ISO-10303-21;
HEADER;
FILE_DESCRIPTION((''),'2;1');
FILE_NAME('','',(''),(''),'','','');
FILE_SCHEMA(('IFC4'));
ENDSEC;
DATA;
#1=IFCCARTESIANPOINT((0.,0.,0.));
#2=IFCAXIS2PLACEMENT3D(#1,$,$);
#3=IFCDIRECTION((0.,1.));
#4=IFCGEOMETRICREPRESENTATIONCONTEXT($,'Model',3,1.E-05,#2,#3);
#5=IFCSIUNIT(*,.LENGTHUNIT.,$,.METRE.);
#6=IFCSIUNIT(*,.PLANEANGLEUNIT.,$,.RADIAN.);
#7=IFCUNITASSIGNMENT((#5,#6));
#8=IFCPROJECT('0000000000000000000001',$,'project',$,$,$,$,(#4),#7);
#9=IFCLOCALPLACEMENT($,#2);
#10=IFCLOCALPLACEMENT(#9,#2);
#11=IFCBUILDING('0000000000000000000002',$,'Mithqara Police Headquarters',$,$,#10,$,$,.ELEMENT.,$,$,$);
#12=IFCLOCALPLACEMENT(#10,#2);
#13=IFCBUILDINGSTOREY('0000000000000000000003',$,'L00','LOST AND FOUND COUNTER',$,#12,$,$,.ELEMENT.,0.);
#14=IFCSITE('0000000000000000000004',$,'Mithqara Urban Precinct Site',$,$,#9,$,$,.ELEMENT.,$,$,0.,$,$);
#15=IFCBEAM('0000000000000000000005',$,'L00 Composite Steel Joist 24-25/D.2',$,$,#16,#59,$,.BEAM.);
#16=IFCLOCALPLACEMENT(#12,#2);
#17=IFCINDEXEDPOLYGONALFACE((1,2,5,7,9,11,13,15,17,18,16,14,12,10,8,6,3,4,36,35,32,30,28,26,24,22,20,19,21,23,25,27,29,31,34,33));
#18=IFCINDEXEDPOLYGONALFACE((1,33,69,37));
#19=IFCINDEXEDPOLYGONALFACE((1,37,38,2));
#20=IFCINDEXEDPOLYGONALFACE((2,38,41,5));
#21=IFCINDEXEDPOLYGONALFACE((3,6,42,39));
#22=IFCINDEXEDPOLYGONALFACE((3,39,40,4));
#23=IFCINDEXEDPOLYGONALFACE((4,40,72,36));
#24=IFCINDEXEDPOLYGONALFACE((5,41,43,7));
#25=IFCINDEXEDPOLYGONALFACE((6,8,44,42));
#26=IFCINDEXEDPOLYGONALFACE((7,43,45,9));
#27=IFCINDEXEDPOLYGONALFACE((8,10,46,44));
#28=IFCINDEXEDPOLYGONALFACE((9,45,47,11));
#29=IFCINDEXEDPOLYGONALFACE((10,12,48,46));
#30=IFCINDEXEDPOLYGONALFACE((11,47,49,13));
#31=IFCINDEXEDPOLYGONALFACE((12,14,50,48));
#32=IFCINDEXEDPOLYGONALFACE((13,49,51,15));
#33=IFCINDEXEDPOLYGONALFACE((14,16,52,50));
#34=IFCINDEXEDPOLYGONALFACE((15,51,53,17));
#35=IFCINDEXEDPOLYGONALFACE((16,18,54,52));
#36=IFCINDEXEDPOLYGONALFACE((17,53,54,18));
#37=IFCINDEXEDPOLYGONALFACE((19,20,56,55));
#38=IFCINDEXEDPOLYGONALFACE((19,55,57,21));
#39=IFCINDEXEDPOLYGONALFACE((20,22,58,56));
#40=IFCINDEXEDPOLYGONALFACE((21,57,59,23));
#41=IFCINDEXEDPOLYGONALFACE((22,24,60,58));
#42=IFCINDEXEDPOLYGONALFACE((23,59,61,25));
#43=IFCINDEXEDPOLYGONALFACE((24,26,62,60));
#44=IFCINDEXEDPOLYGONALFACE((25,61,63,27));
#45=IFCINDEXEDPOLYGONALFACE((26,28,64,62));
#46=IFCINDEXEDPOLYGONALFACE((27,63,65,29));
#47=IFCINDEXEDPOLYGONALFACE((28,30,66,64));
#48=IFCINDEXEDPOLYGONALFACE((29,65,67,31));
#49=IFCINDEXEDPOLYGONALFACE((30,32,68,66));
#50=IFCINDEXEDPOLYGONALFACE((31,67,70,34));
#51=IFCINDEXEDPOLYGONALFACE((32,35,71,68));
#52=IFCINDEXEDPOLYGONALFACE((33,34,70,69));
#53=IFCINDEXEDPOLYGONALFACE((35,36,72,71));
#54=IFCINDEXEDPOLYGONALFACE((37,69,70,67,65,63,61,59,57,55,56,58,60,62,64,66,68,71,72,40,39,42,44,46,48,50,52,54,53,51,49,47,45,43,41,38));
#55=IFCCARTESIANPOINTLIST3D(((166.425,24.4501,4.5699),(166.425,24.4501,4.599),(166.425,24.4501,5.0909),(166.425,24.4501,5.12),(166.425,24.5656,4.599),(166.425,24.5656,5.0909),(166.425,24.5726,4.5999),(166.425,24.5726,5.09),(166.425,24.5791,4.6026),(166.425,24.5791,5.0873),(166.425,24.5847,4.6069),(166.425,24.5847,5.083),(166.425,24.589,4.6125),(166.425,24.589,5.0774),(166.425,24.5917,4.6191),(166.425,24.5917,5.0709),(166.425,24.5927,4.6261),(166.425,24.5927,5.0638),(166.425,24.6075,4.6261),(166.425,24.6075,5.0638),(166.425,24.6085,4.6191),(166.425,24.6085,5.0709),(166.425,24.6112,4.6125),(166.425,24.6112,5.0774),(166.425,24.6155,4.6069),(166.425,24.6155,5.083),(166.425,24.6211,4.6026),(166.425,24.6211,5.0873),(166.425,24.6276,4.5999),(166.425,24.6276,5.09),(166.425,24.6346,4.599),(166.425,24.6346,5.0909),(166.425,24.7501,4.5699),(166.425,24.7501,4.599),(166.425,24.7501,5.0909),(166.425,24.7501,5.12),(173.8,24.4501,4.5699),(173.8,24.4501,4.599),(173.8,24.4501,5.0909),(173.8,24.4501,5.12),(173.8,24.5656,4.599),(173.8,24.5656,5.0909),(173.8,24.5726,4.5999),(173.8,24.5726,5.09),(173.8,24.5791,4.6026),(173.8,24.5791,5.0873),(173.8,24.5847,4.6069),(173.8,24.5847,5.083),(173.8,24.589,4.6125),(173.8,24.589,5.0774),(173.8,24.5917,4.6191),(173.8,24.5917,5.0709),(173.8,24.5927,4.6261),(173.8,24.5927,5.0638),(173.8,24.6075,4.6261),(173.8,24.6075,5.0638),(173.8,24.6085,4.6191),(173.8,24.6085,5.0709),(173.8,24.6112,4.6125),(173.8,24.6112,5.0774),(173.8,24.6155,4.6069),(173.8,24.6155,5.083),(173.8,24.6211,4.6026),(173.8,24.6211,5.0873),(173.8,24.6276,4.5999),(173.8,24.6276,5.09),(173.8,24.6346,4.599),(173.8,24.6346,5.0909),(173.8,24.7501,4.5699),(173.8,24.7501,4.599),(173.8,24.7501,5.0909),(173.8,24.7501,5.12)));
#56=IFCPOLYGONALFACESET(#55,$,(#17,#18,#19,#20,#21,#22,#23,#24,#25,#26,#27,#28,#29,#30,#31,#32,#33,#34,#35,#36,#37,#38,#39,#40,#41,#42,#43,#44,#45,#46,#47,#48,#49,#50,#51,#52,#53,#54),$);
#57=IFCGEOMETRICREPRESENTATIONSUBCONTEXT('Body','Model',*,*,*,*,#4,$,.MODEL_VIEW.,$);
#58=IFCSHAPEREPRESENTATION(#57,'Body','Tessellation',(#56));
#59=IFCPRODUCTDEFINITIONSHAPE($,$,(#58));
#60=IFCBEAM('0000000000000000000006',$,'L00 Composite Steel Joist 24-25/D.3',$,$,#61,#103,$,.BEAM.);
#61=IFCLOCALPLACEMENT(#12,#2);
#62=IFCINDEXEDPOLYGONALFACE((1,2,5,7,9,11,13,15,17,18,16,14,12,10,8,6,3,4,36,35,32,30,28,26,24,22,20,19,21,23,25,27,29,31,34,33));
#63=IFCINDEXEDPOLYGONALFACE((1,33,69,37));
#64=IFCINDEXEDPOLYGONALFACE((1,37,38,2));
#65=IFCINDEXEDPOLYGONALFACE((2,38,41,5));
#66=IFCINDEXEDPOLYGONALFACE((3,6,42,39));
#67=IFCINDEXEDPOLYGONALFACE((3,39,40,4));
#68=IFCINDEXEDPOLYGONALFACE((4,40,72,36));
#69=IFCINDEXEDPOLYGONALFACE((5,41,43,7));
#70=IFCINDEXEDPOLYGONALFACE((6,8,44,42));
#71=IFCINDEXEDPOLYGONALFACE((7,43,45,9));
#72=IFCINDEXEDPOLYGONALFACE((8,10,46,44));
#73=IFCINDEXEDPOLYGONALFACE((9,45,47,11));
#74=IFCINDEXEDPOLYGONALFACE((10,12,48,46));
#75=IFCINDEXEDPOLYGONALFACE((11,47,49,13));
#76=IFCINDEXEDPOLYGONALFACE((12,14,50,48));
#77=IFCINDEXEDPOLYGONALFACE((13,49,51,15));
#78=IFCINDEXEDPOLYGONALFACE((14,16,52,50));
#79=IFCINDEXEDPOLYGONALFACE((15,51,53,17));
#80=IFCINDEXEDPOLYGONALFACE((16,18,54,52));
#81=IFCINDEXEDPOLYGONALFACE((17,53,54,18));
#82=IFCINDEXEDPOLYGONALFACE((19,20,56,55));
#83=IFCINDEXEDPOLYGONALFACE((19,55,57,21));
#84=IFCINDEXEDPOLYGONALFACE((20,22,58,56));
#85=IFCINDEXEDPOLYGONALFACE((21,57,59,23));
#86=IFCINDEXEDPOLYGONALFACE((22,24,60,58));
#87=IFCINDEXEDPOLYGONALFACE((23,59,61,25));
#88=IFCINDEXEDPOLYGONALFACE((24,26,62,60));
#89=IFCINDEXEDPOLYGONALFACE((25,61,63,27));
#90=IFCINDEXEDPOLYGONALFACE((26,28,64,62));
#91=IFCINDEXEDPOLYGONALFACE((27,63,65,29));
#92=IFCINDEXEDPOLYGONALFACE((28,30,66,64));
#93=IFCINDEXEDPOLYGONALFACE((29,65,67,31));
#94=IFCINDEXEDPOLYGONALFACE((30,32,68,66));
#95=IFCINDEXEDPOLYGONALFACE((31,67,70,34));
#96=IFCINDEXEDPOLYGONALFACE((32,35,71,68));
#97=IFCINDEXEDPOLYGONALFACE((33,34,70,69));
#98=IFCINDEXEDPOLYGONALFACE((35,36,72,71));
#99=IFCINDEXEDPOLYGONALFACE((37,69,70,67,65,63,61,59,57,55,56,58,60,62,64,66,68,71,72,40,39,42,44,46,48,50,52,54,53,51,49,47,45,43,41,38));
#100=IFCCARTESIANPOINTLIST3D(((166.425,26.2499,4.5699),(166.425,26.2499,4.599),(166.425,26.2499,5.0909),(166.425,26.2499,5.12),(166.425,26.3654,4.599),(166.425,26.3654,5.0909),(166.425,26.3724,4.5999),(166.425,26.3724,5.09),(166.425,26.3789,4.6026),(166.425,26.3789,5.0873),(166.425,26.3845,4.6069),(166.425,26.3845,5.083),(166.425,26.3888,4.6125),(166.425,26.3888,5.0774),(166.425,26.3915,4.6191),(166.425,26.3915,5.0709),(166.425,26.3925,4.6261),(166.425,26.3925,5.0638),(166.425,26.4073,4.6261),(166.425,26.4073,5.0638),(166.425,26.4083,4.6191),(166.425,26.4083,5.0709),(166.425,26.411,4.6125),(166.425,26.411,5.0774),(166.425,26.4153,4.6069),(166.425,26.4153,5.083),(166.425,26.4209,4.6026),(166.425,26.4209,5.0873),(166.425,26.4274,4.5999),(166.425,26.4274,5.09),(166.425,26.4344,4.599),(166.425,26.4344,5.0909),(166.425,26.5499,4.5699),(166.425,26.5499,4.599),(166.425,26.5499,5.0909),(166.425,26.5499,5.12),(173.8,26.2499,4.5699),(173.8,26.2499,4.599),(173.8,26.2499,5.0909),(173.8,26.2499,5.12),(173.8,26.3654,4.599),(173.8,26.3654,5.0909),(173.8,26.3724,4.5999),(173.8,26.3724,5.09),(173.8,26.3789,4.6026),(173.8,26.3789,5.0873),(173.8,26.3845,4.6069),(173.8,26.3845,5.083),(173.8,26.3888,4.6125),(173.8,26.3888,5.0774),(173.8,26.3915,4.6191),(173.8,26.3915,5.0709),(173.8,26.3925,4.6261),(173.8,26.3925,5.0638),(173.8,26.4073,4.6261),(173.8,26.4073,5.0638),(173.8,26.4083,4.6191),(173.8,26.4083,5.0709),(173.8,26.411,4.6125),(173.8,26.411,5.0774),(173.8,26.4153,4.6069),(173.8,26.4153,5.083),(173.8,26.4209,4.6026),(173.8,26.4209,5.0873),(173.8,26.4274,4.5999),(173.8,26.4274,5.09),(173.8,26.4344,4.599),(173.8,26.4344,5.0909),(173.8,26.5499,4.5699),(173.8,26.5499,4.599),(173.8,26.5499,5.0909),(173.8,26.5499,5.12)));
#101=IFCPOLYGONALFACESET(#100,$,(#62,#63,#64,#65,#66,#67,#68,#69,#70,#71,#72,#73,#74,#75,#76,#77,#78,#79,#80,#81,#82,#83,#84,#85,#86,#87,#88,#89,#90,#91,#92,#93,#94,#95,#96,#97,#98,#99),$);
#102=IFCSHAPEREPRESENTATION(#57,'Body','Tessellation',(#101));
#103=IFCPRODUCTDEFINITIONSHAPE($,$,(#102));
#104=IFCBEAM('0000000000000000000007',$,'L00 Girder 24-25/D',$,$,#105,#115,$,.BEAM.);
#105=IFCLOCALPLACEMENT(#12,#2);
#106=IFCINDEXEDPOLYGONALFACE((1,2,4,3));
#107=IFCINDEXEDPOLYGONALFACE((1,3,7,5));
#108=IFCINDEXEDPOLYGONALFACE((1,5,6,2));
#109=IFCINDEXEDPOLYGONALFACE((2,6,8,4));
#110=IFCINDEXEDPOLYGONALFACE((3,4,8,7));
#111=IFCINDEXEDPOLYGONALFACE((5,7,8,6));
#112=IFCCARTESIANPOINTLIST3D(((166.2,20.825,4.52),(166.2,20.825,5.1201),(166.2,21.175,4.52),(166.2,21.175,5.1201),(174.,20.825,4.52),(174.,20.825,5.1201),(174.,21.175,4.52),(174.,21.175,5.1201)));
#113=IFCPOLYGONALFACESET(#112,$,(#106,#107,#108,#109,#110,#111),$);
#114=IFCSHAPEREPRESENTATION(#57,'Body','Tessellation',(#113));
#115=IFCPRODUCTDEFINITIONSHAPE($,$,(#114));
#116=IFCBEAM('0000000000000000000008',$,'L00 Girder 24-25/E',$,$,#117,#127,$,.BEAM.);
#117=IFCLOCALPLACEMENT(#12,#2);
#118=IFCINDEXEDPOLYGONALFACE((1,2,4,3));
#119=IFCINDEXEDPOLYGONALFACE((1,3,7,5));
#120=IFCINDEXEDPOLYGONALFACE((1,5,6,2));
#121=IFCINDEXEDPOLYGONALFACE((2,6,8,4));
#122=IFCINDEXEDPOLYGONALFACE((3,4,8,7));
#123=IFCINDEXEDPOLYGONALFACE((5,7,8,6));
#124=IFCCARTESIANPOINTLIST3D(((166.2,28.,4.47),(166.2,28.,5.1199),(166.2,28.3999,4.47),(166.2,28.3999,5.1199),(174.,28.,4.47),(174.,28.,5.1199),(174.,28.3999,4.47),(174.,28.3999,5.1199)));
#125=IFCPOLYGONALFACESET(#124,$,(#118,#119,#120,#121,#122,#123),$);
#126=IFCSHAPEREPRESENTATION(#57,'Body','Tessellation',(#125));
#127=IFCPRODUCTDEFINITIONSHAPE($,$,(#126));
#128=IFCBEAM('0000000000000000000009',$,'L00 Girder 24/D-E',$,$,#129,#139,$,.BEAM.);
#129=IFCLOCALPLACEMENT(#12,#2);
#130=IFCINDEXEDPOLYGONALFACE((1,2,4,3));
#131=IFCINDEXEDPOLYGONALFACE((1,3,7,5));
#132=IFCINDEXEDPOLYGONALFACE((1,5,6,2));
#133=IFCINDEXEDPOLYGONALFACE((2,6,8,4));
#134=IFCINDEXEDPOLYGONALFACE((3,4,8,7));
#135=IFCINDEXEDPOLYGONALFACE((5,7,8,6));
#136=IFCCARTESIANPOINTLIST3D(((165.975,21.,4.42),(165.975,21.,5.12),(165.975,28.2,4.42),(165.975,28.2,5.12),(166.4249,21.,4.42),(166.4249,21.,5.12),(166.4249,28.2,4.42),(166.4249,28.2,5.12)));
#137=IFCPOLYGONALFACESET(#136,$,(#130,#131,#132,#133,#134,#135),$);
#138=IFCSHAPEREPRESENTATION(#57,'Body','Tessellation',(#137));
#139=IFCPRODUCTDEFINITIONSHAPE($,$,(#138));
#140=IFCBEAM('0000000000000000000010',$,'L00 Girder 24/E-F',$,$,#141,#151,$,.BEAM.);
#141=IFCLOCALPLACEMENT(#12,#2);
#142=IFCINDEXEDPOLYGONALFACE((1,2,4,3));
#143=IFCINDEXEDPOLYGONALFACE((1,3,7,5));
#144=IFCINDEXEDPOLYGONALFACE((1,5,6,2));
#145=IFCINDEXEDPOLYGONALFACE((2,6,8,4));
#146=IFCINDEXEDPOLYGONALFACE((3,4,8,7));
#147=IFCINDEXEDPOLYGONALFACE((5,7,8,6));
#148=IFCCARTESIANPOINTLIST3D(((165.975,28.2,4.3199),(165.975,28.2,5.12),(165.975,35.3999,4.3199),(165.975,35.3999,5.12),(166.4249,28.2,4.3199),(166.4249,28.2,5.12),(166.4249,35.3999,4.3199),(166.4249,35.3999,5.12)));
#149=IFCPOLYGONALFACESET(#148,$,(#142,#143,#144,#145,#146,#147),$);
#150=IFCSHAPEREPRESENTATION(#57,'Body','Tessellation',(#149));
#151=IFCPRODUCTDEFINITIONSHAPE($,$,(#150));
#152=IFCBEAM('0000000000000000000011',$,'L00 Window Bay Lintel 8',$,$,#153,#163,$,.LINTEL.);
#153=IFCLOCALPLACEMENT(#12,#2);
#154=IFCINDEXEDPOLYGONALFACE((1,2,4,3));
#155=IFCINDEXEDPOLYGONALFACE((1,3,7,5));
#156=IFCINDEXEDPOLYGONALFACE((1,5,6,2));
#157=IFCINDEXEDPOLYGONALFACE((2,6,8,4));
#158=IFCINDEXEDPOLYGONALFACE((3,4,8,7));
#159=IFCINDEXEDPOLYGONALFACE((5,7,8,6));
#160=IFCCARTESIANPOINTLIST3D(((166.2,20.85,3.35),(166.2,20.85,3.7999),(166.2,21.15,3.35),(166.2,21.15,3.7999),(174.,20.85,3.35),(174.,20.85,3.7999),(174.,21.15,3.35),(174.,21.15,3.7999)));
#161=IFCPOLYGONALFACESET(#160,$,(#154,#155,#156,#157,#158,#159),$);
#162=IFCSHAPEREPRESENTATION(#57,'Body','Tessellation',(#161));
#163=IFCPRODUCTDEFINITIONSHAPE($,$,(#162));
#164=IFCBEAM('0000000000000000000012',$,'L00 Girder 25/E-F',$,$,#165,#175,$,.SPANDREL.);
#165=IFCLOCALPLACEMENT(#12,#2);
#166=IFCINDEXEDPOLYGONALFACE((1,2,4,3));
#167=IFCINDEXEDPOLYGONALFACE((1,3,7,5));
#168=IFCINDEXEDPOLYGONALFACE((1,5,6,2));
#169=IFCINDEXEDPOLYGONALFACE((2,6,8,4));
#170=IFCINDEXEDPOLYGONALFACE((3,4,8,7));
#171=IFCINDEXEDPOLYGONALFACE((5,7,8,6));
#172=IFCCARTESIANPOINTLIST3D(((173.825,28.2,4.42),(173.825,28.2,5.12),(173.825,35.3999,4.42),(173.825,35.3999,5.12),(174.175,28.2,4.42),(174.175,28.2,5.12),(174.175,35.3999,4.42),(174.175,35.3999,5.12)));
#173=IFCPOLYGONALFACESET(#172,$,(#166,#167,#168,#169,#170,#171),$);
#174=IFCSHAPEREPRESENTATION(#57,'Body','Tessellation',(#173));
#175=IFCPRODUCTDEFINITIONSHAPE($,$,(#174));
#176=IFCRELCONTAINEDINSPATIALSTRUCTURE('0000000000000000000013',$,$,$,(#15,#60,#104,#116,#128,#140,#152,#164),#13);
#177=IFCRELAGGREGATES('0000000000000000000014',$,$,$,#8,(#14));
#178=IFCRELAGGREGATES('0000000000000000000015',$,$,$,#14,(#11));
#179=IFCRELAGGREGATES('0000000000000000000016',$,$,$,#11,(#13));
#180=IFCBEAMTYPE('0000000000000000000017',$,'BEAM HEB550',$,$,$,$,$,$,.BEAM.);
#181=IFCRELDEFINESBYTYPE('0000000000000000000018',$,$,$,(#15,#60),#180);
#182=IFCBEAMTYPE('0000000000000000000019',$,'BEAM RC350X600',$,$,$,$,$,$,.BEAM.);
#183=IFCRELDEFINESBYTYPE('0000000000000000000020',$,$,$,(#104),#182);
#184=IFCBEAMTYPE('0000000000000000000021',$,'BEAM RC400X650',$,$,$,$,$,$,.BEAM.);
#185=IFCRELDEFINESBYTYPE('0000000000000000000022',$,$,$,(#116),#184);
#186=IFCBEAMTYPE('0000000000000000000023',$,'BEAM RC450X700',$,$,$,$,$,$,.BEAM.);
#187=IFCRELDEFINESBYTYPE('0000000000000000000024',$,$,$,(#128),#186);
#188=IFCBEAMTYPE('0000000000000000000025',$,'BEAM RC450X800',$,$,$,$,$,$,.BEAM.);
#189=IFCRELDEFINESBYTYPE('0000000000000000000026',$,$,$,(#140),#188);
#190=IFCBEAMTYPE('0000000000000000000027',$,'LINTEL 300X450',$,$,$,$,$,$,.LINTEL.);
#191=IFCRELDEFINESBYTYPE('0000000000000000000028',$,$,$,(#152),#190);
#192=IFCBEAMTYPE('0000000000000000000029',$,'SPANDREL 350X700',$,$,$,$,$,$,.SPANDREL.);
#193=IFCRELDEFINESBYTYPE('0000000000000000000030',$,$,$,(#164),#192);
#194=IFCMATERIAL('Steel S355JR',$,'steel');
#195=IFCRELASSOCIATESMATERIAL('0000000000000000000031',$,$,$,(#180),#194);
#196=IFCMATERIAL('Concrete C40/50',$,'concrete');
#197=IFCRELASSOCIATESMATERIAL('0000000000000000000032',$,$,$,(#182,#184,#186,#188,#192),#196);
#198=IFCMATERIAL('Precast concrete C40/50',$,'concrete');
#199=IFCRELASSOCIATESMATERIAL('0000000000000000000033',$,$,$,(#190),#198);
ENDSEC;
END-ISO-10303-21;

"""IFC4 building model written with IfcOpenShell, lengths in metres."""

from ifc_helpers import new_model, si_unit, direction, frame, origin, origin_2d, place, context, subcontext, project, spatial, rectangle, i_section, extrude, material, material_profile, profile_set, type_object, element, save


model = new_model("IFC4")

# Units and contexts
model_context = context("Model", 3, precision=1e-05, world=origin(), true_north=direction((0.0, 1.0)))
body_context = subcontext(model_context, "Body", "Model", "MODEL_VIEW")
ifc_project = project(units=[si_unit("LENGTHUNIT", "METRE"), si_unit("PLANEANGLEUNIT", "RADIAN")], contexts=[model_context])

# Site, building, storey
site_placement = place(None, origin())
site = spatial("IfcSite", under=ifc_project, at=site_placement, Name="Mithqara Urban Precinct Site", CompositionType="ELEMENT", RefElevation=0.0)
building_placement = place(site_placement, origin())
building = spatial("IfcBuilding", under=site, at=building_placement, Name="Mithqara Police Headquarters", CompositionType="ELEMENT")
storey_placement = place(building_placement, origin())
storey = spatial("IfcBuildingStorey", under=building, at=storey_placement, Name="L00", Description="LOST AND FOUND COUNTER", CompositionType="ELEMENT", Elevation=0.0)

# Shared definitions
ifc_material_1 = material(Name="Concrete C40/50", Category="concrete")

# Beams
ifc_material_2 = material(Name="Steel S355JR", Category="steel")
ifc_material_profile_1 = material_profile(ifc_material_2, i_section(OverallWidth=0.3, OverallDepth=0.55, WebThickness=0.0149, FlangeThickness=0.0291, FilletRadius=0.0271, at=origin_2d()), Name="HEB 550")
ifc_profile_set_1 = profile_set([ifc_material_profile_1], Name="Steel S355JR")
beam_type_1 = type_object("IfcBeamType", Name="BEAM HEB550", PredefinedType="BEAM", material=ifc_profile_set_1)
for number, where, z_axis, x_axis, name in (
    (1, (166.425, 24.6001, 4.845), (1.0, 0.0, 0.0), (0.0, 1.0, 0.0), "L00 Composite Steel Joist 24-25/D.2"),
    (2, (166.425, 26.3999, 4.845), (1.0, 0.0, 0.0), (0.0, 1.0, 0.0), "L00 Composite Steel Joist 24-25/D.3"),
):
    element("IfcBeam", number, at=place(storey_placement, frame(where, z_axis=z_axis, x_axis=x_axis)), inside=storey, type_object=beam_type_1, Name=name, PredefinedType="BEAM", context=body_context, shape_type="SweptSolid", body=[
        extrude(i_section(OverallWidth=0.3, OverallDepth=0.55, WebThickness=0.0149, FlangeThickness=0.0291, FilletRadius=0.0271, at=origin_2d()), origin(), (0.0, 0.0, 1.0), 7.375),
    ])
ifc_material_profile_2 = material_profile(ifc_material_1, rectangle(XDim=0.3501, YDim=0.6001, at=origin_2d()), Name="RC 350x600")
ifc_profile_set_2 = profile_set([ifc_material_profile_2], Name="Concrete C40/50")
beam_type_2 = type_object("IfcBeamType", Name="BEAM RC350X600", PredefinedType="BEAM", material=ifc_profile_set_2)
beam_1_placement = place(storey_placement, frame((166.2, 21.0, 4.8201), z_axis=(1.0, 0.0, 0.0), x_axis=(0.0, 1.0, 0.0)))
element("IfcBeam", 3, at=beam_1_placement, inside=storey, type_object=beam_type_2, Name="L00 Girder 24-25/D", PredefinedType="BEAM", context=body_context, shape_type="SweptSolid", body=[
    extrude(rectangle(XDim=0.3501, YDim=0.6001, at=origin_2d()), origin(), (0.0, 0.0, 1.0), 7.8),
])
ifc_material_profile_3 = material_profile(ifc_material_1, rectangle(XDim=0.3999, YDim=0.6499, at=origin_2d()), Name="RC 400x650")
ifc_profile_set_3 = profile_set([ifc_material_profile_3], Name="Concrete C40/50")
beam_type_3 = type_object("IfcBeamType", Name="BEAM RC400X650", PredefinedType="BEAM", material=ifc_profile_set_3)
beam_2_placement = place(storey_placement, frame((166.2, 28.2, 4.7949), z_axis=(1.0, 0.0, 0.0), x_axis=(0.0, 1.0, 0.0)))
element("IfcBeam", 4, at=beam_2_placement, inside=storey, type_object=beam_type_3, Name="L00 Girder 24-25/E", PredefinedType="BEAM", context=body_context, shape_type="SweptSolid", body=[
    extrude(rectangle(XDim=0.3999, YDim=0.6499, at=origin_2d()), origin(), (0.0, 0.0, 1.0), 7.8),
])
ifc_material_profile_4 = material_profile(ifc_material_1, rectangle(XDim=0.45, YDim=0.7, at=origin_2d()), Name="RC 450x700")
ifc_profile_set_4 = profile_set([ifc_material_profile_4], Name="Concrete C40/50")
beam_type_4 = type_object("IfcBeamType", Name="BEAM RC450X700", PredefinedType="BEAM", material=ifc_profile_set_4)
beam_3_placement = place(storey_placement, frame((166.2, 21.0, 4.77), z_axis=(0.0, 1.0, 0.0), x_axis=(-1.0, 0.0, 0.0)))
element("IfcBeam", 5, at=beam_3_placement, inside=storey, type_object=beam_type_4, Name="L00 Girder 24/D-E", PredefinedType="BEAM", context=body_context, shape_type="SweptSolid", body=[
    extrude(rectangle(XDim=0.45, YDim=0.7, at=origin_2d()), origin(), (0.0, 0.0, 1.0), 7.2),
])
ifc_material_profile_5 = material_profile(ifc_material_1, rectangle(XDim=0.45, YDim=0.8, at=origin_2d()), Name="RC 450x800")
ifc_profile_set_5 = profile_set([ifc_material_profile_5], Name="Concrete C40/50")
beam_type_5 = type_object("IfcBeamType", Name="BEAM RC450X800", PredefinedType="BEAM", material=ifc_profile_set_5)
beam_4_placement = place(storey_placement, frame((166.2, 28.2, 4.72), z_axis=(0.0, 1.0, 0.0), x_axis=(-1.0, 0.0, 0.0)))
element("IfcBeam", 6, at=beam_4_placement, inside=storey, type_object=beam_type_5, Name="L00 Girder 24/E-F", PredefinedType="BEAM", context=body_context, shape_type="SweptSolid", body=[
    extrude(rectangle(XDim=0.45, YDim=0.8, at=origin_2d()), origin(), (0.0, 0.0, 1.0), 7.2),
])
ifc_material_3 = material(Name="Precast concrete C40/50", Category="concrete")
ifc_material_profile_6 = material_profile(ifc_material_3, rectangle(XDim=0.3, YDim=0.45, at=origin_2d()), Name="LIN 300x450")
ifc_profile_set_6 = profile_set([ifc_material_profile_6], Name="Precast concrete C40/50")
beam_type_6 = type_object("IfcBeamType", Name="LINTEL 300X450", PredefinedType="LINTEL", material=ifc_profile_set_6)
beam_5_placement = place(storey_placement, frame((166.2, 21.0, 3.575), z_axis=(1.0, 0.0, 0.0), x_axis=(0.0, 1.0, 0.0)))
element("IfcBeam", 7, at=beam_5_placement, inside=storey, type_object=beam_type_6, Name="L00 Window Bay Lintel 8", PredefinedType="LINTEL", context=body_context, shape_type="SweptSolid", body=[
    extrude(rectangle(XDim=0.3, YDim=0.45, at=origin_2d()), origin(), (0.0, 0.0, 1.0), 7.8),
])
ifc_material_profile_7 = material_profile(ifc_material_1, rectangle(XDim=0.3501, YDim=0.7, at=origin_2d()), Name="SPB 350x700")
ifc_profile_set_7 = profile_set([ifc_material_profile_7], Name="Concrete C40/50")
beam_type_7 = type_object("IfcBeamType", Name="SPANDREL 350X700", PredefinedType="SPANDREL", material=ifc_profile_set_7)
beam_6_placement = place(storey_placement, frame((174.0, 28.2, 4.77), z_axis=(0.0, 1.0, 0.0), x_axis=(-1.0, 0.0, 0.0)))
element("IfcBeam", 8, at=beam_6_placement, inside=storey, type_object=beam_type_7, Name="L00 Girder 25/E-F", PredefinedType="SPANDREL", context=body_context, shape_type="SweptSolid", body=[
    extrude(rectangle(XDim=0.3501, YDim=0.7, at=origin_2d()), origin(), (0.0, 0.0, 1.0), 7.2),
])

save(model, "model.ifc")
